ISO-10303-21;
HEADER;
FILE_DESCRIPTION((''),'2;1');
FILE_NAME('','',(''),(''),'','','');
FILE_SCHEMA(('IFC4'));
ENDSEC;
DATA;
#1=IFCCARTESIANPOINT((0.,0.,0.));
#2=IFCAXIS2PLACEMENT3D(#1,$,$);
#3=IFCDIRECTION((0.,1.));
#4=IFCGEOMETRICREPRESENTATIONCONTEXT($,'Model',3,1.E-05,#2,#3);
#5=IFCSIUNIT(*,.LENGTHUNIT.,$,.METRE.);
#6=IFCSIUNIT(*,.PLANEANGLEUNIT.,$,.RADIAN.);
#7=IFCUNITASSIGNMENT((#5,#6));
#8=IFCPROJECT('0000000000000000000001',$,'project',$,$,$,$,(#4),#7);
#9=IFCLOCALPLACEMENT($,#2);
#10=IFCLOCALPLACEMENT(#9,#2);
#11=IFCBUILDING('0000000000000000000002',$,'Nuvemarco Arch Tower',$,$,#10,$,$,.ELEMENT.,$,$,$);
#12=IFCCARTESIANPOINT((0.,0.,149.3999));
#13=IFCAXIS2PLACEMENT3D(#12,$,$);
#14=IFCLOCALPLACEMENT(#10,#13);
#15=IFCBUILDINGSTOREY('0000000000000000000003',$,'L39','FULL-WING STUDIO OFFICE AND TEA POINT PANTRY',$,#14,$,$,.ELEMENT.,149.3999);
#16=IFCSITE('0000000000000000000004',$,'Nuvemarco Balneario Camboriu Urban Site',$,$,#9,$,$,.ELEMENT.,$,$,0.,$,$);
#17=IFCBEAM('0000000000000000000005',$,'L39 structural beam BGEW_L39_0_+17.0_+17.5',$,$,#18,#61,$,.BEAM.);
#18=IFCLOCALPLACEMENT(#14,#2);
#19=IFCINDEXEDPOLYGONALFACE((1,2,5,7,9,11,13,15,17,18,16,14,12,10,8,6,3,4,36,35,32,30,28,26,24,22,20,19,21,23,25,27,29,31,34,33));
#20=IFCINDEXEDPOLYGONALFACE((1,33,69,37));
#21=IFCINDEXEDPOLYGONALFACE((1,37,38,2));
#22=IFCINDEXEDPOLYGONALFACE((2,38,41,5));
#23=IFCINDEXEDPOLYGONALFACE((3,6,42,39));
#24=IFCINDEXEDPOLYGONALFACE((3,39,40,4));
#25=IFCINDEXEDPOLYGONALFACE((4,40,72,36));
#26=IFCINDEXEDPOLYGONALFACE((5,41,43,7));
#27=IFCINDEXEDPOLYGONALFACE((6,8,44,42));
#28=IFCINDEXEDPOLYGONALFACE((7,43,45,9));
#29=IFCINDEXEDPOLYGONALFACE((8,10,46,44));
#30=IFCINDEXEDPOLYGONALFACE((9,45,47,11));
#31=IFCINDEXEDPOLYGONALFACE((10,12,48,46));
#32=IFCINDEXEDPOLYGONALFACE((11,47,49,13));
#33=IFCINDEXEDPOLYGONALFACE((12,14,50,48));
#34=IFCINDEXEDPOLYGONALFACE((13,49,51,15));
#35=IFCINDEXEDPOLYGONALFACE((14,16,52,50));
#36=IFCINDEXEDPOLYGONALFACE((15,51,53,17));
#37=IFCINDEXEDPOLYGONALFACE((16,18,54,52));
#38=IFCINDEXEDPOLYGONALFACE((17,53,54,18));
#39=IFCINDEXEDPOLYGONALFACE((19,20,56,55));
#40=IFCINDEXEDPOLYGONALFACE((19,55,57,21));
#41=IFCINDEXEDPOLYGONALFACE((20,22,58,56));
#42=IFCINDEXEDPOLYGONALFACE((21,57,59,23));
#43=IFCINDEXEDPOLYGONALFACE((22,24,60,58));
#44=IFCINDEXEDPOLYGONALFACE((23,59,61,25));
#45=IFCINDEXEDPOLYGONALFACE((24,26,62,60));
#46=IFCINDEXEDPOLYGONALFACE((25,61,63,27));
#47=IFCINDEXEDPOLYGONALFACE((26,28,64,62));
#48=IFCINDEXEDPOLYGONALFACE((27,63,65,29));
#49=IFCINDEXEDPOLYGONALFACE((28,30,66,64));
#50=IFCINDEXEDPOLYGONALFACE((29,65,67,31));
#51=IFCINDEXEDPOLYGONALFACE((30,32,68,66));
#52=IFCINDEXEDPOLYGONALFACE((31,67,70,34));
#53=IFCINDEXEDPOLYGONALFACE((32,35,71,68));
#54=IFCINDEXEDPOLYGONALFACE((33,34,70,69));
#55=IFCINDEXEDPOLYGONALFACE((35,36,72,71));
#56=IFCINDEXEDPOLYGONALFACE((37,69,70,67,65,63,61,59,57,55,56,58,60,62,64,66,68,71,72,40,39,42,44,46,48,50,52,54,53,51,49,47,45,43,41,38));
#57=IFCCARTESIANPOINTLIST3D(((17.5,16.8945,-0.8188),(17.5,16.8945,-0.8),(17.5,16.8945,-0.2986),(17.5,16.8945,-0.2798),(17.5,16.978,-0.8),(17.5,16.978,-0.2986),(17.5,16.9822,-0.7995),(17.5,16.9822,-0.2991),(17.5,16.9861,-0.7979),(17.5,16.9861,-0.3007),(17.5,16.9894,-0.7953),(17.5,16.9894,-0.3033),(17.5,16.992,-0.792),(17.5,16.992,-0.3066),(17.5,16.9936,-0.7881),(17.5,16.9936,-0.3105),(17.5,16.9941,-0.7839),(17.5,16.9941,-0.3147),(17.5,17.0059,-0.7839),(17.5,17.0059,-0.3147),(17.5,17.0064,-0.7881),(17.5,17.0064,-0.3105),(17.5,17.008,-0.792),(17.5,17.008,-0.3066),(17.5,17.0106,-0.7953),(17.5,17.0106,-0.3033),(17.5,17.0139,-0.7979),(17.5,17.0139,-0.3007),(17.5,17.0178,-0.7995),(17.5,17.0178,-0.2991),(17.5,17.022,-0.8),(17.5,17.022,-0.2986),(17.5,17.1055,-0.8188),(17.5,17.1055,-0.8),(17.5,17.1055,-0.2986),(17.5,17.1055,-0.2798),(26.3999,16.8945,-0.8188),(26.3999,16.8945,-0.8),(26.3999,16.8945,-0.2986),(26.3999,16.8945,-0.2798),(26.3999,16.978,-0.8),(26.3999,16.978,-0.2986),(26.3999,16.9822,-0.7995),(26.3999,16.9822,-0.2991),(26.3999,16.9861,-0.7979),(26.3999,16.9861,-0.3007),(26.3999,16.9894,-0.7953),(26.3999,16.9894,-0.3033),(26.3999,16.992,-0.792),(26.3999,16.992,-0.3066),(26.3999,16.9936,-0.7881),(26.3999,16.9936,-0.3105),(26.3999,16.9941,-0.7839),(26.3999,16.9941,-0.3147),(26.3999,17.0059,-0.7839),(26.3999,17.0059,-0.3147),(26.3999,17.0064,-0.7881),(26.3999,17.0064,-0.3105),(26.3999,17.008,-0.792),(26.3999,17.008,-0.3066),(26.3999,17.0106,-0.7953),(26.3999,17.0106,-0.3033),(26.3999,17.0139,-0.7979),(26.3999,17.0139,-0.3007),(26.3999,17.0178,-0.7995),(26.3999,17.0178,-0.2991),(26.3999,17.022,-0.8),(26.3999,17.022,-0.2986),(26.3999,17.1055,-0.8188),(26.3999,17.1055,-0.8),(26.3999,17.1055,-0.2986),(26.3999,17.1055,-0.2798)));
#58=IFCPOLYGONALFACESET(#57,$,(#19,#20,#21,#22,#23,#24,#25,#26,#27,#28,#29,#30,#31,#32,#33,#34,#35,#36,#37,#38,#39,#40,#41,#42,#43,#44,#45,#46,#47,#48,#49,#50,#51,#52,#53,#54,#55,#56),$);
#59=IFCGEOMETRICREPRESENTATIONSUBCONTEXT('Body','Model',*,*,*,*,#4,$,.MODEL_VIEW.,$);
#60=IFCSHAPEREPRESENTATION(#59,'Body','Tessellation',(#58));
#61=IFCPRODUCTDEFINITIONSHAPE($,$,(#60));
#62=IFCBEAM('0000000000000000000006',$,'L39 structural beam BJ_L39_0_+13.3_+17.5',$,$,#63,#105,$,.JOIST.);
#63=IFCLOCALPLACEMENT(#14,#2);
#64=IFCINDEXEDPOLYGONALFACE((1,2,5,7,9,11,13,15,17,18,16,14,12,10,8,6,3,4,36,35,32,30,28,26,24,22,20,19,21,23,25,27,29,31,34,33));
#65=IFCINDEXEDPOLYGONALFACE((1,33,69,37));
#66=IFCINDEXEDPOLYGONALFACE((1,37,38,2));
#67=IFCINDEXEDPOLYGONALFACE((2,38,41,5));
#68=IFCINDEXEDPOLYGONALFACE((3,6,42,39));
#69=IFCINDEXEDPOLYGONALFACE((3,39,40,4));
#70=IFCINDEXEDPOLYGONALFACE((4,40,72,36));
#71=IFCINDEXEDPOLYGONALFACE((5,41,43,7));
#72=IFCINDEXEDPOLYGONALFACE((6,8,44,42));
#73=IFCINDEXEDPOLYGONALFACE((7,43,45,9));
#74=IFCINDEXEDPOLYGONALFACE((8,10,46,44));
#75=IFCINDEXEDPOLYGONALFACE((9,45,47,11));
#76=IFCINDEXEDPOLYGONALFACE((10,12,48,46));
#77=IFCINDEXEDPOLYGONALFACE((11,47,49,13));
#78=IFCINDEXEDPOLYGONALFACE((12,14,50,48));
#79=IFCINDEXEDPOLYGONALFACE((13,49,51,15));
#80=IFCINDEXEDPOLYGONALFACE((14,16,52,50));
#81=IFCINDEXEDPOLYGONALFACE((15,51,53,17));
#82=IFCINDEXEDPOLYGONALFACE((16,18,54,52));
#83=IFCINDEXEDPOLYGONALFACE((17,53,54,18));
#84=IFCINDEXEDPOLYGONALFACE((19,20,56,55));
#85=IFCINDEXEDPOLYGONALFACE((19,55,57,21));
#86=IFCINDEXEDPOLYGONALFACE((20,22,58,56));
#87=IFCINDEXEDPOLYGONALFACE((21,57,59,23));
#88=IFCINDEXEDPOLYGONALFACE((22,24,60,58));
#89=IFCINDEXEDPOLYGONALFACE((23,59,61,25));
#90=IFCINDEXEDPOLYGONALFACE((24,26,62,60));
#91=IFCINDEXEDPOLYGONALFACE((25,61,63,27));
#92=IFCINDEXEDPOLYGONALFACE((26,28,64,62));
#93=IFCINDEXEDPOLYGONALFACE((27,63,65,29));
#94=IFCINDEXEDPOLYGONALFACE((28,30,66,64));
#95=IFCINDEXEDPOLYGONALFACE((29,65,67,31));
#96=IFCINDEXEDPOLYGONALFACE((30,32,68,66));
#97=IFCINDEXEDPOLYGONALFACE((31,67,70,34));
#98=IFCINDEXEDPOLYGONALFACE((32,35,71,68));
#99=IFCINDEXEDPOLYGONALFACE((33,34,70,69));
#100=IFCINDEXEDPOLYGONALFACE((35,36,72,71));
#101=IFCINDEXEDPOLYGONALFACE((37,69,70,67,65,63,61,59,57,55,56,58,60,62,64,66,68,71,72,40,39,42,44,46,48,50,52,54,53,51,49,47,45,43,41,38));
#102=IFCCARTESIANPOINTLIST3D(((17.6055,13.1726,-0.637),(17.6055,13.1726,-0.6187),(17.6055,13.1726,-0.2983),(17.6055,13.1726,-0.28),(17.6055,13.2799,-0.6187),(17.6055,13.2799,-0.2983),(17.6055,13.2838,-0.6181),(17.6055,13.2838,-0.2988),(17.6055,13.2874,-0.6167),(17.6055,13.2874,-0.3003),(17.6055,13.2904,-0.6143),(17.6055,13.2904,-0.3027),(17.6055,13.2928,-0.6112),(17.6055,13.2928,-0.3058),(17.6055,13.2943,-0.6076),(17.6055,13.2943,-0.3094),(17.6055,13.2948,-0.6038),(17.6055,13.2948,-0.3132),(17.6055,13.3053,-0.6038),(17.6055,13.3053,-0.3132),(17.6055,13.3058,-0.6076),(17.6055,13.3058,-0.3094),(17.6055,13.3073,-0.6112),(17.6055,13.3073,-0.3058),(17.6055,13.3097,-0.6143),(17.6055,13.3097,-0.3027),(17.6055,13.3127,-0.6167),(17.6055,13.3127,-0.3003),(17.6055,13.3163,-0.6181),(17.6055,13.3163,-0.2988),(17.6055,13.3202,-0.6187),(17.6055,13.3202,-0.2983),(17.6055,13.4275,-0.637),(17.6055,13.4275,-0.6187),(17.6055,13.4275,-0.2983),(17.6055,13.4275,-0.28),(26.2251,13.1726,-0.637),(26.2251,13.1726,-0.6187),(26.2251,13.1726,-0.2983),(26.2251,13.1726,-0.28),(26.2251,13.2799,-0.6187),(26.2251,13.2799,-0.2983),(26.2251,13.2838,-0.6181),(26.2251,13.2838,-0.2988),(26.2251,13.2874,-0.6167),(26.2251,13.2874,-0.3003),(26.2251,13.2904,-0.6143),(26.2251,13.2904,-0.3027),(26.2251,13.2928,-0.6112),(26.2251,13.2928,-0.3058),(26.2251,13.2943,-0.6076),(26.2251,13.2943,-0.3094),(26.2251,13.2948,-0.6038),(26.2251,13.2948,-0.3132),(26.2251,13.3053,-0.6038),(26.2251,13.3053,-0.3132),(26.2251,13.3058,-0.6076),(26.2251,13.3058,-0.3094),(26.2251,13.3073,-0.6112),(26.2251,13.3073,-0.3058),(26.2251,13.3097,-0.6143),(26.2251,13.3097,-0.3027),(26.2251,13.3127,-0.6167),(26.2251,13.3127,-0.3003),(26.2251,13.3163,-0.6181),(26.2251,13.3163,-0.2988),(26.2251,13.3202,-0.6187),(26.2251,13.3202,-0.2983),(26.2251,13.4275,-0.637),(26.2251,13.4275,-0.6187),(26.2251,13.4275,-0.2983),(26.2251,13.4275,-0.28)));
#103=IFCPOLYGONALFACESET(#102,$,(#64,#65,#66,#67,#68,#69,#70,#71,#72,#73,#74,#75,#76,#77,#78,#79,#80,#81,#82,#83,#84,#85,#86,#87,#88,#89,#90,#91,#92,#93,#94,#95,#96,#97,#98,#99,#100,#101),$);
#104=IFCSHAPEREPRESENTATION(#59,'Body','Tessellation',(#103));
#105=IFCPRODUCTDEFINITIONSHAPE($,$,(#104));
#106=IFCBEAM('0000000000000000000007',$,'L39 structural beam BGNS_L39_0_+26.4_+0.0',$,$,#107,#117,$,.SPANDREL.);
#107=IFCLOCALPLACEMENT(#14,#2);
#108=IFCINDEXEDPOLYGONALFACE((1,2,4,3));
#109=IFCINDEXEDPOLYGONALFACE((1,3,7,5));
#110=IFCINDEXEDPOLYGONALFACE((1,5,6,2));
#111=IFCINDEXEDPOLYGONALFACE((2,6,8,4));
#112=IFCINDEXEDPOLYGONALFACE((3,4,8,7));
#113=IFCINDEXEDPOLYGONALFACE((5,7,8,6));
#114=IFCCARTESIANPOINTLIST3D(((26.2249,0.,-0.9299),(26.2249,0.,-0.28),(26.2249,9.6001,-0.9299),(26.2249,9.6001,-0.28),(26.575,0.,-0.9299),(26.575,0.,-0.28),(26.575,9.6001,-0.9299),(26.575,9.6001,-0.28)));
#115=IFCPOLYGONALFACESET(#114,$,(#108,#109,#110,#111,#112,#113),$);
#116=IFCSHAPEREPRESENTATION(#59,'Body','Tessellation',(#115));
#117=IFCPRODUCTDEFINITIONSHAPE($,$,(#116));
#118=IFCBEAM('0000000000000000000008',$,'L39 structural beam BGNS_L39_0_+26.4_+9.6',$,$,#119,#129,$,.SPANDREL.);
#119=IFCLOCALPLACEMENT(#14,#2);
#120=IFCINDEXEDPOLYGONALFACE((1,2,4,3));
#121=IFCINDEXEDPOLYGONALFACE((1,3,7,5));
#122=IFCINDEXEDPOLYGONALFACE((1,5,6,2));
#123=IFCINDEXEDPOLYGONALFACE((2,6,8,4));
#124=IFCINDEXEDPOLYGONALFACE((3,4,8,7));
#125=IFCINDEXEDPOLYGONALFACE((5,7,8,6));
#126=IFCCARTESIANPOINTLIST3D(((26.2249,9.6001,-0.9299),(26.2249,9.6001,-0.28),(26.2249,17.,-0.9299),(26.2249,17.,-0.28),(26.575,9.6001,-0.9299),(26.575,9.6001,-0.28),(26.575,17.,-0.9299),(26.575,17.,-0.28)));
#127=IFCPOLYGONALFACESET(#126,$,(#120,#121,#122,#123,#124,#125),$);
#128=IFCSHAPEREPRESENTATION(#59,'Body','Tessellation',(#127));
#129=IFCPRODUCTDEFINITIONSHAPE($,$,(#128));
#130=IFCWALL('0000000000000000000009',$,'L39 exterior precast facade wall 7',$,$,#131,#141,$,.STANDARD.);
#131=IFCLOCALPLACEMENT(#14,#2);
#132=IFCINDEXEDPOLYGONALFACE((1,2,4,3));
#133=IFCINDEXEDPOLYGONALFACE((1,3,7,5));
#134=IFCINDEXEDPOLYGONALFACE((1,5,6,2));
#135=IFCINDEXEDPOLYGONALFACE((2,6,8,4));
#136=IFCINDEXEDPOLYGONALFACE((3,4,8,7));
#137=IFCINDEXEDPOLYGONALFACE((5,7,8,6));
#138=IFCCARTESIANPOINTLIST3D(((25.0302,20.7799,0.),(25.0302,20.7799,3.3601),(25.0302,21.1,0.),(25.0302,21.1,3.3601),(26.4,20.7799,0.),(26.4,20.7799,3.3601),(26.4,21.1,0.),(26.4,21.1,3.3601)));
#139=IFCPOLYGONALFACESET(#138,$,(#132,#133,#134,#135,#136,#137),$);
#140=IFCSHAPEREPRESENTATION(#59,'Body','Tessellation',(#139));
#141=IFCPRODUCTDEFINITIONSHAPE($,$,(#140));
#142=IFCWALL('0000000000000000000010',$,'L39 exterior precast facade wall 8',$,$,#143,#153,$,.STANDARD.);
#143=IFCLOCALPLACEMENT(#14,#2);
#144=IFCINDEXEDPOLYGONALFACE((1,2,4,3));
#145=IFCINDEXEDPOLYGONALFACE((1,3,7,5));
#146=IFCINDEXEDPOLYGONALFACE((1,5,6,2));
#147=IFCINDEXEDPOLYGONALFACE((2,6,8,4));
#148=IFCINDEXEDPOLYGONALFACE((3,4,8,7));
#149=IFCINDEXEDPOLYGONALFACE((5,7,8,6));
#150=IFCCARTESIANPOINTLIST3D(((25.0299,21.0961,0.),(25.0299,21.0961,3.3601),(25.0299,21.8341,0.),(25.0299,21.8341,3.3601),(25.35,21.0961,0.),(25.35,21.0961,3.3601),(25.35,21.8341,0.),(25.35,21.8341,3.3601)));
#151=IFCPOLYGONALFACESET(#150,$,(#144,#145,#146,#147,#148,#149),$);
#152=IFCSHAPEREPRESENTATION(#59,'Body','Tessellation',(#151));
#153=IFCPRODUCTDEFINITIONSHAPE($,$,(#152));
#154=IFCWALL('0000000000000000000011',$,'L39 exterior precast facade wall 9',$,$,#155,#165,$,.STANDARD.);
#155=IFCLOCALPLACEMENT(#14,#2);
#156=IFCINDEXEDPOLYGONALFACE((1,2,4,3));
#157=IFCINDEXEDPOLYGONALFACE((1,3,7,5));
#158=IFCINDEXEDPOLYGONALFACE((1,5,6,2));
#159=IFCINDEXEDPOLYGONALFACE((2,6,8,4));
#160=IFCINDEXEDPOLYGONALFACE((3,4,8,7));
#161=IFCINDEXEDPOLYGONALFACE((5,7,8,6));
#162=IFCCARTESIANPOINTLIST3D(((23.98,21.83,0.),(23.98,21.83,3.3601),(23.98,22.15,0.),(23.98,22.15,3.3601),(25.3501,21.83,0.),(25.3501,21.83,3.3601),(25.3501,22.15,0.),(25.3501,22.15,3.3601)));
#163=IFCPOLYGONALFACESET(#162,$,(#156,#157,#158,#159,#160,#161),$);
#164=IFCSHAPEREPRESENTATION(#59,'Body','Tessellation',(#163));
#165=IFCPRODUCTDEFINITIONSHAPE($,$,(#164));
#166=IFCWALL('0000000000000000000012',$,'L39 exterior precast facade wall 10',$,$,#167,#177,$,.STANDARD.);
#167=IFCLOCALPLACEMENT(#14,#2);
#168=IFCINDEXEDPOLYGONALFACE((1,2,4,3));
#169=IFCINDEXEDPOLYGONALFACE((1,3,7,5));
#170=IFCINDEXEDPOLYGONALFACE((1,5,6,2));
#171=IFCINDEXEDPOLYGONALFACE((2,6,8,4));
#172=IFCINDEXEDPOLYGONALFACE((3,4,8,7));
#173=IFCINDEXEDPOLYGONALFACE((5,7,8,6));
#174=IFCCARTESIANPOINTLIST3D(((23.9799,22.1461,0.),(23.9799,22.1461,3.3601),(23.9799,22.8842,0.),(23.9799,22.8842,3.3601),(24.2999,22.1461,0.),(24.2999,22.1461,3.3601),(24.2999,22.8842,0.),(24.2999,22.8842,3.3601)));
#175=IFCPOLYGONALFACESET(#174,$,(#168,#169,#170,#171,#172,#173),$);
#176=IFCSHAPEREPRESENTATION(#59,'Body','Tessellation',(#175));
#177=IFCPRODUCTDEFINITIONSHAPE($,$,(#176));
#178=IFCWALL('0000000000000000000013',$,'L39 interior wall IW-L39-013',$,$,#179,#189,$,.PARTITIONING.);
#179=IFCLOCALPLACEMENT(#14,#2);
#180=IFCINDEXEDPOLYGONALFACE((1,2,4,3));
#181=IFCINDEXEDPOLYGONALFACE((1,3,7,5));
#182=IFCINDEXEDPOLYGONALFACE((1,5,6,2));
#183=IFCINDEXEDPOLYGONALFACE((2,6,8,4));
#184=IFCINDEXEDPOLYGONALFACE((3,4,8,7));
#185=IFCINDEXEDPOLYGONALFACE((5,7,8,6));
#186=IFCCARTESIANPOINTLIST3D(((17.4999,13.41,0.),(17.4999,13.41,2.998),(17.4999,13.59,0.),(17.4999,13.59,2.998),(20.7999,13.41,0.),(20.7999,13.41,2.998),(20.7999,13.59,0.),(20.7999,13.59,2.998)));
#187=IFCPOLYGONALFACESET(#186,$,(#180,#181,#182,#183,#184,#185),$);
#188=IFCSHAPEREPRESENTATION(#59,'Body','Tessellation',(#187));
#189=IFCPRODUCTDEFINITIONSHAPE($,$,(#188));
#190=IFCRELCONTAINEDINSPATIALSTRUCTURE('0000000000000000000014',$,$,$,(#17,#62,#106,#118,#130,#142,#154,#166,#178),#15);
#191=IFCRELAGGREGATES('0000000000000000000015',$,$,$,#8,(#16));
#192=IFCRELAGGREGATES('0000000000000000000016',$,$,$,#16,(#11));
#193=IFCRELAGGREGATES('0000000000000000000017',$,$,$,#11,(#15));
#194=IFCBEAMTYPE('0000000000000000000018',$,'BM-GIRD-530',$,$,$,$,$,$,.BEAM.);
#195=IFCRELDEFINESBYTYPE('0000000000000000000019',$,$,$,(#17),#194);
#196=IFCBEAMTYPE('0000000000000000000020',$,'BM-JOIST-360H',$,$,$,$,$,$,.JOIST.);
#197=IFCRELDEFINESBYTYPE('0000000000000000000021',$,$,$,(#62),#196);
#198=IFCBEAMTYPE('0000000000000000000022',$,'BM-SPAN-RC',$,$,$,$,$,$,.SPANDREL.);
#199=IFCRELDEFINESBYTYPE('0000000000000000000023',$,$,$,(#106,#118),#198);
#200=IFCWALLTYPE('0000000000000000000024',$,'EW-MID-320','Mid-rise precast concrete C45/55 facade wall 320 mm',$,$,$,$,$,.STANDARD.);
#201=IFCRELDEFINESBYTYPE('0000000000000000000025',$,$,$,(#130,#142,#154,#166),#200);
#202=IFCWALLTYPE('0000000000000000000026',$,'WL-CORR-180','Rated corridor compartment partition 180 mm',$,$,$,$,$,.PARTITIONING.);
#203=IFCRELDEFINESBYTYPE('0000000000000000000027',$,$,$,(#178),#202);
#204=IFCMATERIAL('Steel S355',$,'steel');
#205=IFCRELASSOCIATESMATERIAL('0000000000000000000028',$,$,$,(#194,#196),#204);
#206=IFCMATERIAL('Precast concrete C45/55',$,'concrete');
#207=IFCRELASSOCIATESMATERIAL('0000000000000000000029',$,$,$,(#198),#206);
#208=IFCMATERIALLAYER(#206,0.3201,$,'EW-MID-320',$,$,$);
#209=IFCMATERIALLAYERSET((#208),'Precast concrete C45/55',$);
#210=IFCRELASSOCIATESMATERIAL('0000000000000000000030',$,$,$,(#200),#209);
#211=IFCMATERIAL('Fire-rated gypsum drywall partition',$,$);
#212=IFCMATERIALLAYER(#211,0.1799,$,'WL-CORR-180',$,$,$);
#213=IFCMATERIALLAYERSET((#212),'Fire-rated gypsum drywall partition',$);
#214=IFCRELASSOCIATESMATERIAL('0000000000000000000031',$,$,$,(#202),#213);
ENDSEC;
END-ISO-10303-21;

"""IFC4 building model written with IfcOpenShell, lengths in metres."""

from ifc_helpers import new_model, si_unit, direction, frame, frame_2d, origin, origin_2d, place, context, subcontext, project, spatial, rectangle, i_section, extrude, material, layer, layer_set, material_profile, profile_set, type_object, element, save


model = new_model("IFC4")

# Units and contexts
model_context = context("Model", 3, precision=1e-05, world=origin(), true_north=direction((0.0, 1.0)))
body_context = subcontext(model_context, "Body", "Model", "MODEL_VIEW")
ifc_project = project(units=[si_unit("LENGTHUNIT", "METRE"), si_unit("PLANEANGLEUNIT", "RADIAN")], contexts=[model_context])

# Site, building, storey
site_placement = place(None, origin())
site = spatial("IfcSite", under=ifc_project, at=site_placement, Name="Nuvemarco Balneario Camboriu Urban Site", CompositionType="ELEMENT", RefElevation=0.0)
building_placement = place(site_placement, origin())
building = spatial("IfcBuilding", under=site, at=building_placement, Name="Nuvemarco Arch Tower", CompositionType="ELEMENT")
storey_placement = place(building_placement, frame((0.0, 0.0, 149.3999)))
storey = spatial("IfcBuildingStorey", under=building, at=storey_placement, Name="L39", Description="FULL-WING STUDIO OFFICE AND TEA POINT PANTRY", CompositionType="ELEMENT", Elevation=149.3999)

# Shared definitions
ifc_material_1 = material(Name="Steel S355", Category="steel")

# Beams
ifc_material_profile_1 = material_profile(ifc_material_1, i_section(OverallWidth=0.2109, OverallDepth=0.5391, WebThickness=0.0117, FlangeThickness=0.0188, FilletRadius=0.0161, at=origin_2d()), Name="W530x109")
ifc_profile_set_1 = profile_set([ifc_material_profile_1], Name="Steel S355")
beam_type_1 = type_object("IfcBeamType", Name="BM-GIRD-530", PredefinedType="BEAM", material=ifc_profile_set_1)
for number, where, z_axis, x_axis, name in (
    (1, (17.5, 17.0, -0.5493), (1.0, 0.0, 0.0), (0.0, 1.0, 0.0), "L39 structural beam BGEW_L39_0_+17.0_+17.5"),
):
    element("IfcBeam", number, at=place(storey_placement, frame(where, z_axis=z_axis, x_axis=x_axis)), inside=storey, type_object=beam_type_1, Name=name, PredefinedType="BEAM", context=body_context, shape_type="SweptSolid", body=[
        extrude(i_section(OverallWidth=0.2109, OverallDepth=0.5391, WebThickness=0.0117, FlangeThickness=0.0188, FilletRadius=0.0161, at=origin_2d()), origin(), (0.0, 0.0, 1.0), 8.8999),
    ])
ifc_material_profile_2 = material_profile(ifc_material_1, i_section(OverallWidth=0.2549, OverallDepth=0.3569, WebThickness=0.0105, FlangeThickness=0.0183, FilletRadius=0.0149, at=origin_2d()), Name="W360x101")
ifc_profile_set_2 = profile_set([ifc_material_profile_2], Name="Steel S355")
beam_type_2 = type_object("IfcBeamType", Name="BM-JOIST-360H", PredefinedType="JOIST", material=ifc_profile_set_2)
beam_1_placement = place(storey_placement, frame((17.6055, 13.3, -0.4585), z_axis=(1.0, 0.0, 0.0), x_axis=(0.0, 1.0, 0.0)))
element("IfcBeam", 2, at=beam_1_placement, inside=storey, type_object=beam_type_2, Name="L39 structural beam BJ_L39_0_+13.3_+17.5", PredefinedType="JOIST", context=body_context, shape_type="SweptSolid", body=[
    extrude(i_section(OverallWidth=0.2549, OverallDepth=0.3569, WebThickness=0.0105, FlangeThickness=0.0183, FilletRadius=0.0149, at=origin_2d()), origin(), (0.0, 0.0, 1.0), 8.6196),
])
ifc_material_2 = material(Name="Precast concrete C45/55", Category="concrete")
ifc_material_profile_3 = material_profile(ifc_material_2, rectangle(XDim=0.3501, YDim=0.6499, at=origin_2d()), Name="PC-SP-350x650")
ifc_profile_set_3 = profile_set([ifc_material_profile_3], Name="Precast concrete C45/55")
beam_type_3 = type_object("IfcBeamType", Name="BM-SPAN-RC", PredefinedType="SPANDREL", material=ifc_profile_set_3)
beam_2_placement = place(storey_placement, frame((26.3999, 0.0, -0.605), z_axis=(0.0, 1.0, 0.0), x_axis=(-1.0, 0.0, 0.0)))
element("IfcBeam", 3, at=beam_2_placement, inside=storey, type_object=beam_type_3, Name="L39 structural beam BGNS_L39_0_+26.4_+0.0", PredefinedType="SPANDREL", context=body_context, shape_type="SweptSolid", body=[
    extrude(rectangle(XDim=0.3501, YDim=0.6499, at=origin_2d()), origin(), (0.0, 0.0, 1.0), 9.6001),
])
beam_3_placement = place(storey_placement, frame((26.3999, 9.6001, -0.605), z_axis=(0.0, 1.0, 0.0), x_axis=(-1.0, 0.0, 0.0)))
element("IfcBeam", 4, at=beam_3_placement, inside=storey, type_object=beam_type_3, Name="L39 structural beam BGNS_L39_0_+26.4_+9.6", PredefinedType="SPANDREL", context=body_context, shape_type="SweptSolid", body=[
    extrude(rectangle(XDim=0.3501, YDim=0.6499, at=origin_2d()), origin(), (0.0, 0.0, 1.0), 7.3999),
])

# Walls
ifc_layer_1 = layer(ifc_material_2, 0.3201, Name="EW-MID-320")
ifc_layer_set_1 = layer_set([ifc_layer_1], Name="Precast concrete C45/55")
wall_type_1 = type_object("IfcWallType", Name="EW-MID-320", Description="Mid-rise precast concrete C45/55 facade wall 320 mm", PredefinedType="STANDARD", material=ifc_layer_set_1)
wall_1_placement = place(storey_placement, frame((25.03, 20.9399, 0.0), z_axis=(0.0, 0.0, 1.0), x_axis=(1.0, 0.0, 0.0)))
element("IfcWall", 5, at=wall_1_placement, inside=storey, type_object=wall_type_1, Name="L39 exterior precast facade wall 7", PredefinedType="STANDARD", context=body_context, shape_type="SweptSolid", body=[
    extrude(rectangle(XDim=1.3699, YDim=0.3201, at=frame_2d((0.6851, 0.0))), origin(), (0.0, 0.0, 1.0), 3.3601),
])
wall_2_placement = place(storey_placement, frame((25.1899, 21.0959, 0.0), z_axis=(0.0, 0.0, 1.0), x_axis=(0.0, 1.0, 0.0)))
element("IfcWall", 6, at=wall_2_placement, inside=storey, type_object=wall_type_1, Name="L39 exterior precast facade wall 8", PredefinedType="STANDARD", context=body_context, shape_type="SweptSolid", body=[
    extrude(rectangle(XDim=0.738, YDim=0.3201, at=frame_2d((0.3691, 0.0))), origin(), (0.0, 0.0, 1.0), 3.3601),
])
wall_3_placement = place(storey_placement, frame((23.98, 21.99, 0.0), z_axis=(0.0, 0.0, 1.0), x_axis=(1.0, 0.0, 0.0)))
element("IfcWall", 7, at=wall_3_placement, inside=storey, type_object=wall_type_1, Name="L39 exterior precast facade wall 9", PredefinedType="STANDARD", context=body_context, shape_type="SweptSolid", body=[
    extrude(rectangle(XDim=1.3701, YDim=0.3201, at=frame_2d((0.6851, 0.0))), origin(), (0.0, 0.0, 1.0), 3.3601),
])
wall_4_placement = place(storey_placement, frame((24.1399, 22.146, 0.0), z_axis=(0.0, 0.0, 1.0), x_axis=(0.0, 1.0, 0.0)))
element("IfcWall", 8, at=wall_4_placement, inside=storey, type_object=wall_type_1, Name="L39 exterior precast facade wall 10", PredefinedType="STANDARD", context=body_context, shape_type="SweptSolid", body=[
    extrude(rectangle(XDim=0.738, YDim=0.3201, at=frame_2d((0.3691, 0.0))), origin(), (0.0, 0.0, 1.0), 3.3601),
])
ifc_material_3 = material(Name="Fire-rated gypsum drywall partition")
ifc_layer_2 = layer(ifc_material_3, 0.1799, Name="WL-CORR-180")
ifc_layer_set_2 = layer_set([ifc_layer_2], Name="Fire-rated gypsum drywall partition")
wall_type_2 = type_object("IfcWallType", Name="WL-CORR-180", Description="Rated corridor compartment partition 180 mm", PredefinedType="PARTITIONING", material=ifc_layer_set_2)
wall_5_placement = place(storey_placement, frame((17.5, 13.5, 0.0), z_axis=(0.0, 0.0, 1.0), x_axis=(1.0, 0.0, 0.0)))
element("IfcWall", 9, at=wall_5_placement, inside=storey, type_object=wall_type_2, Name="L39 interior wall IW-L39-013", PredefinedType="PARTITIONING", context=body_context, shape_type="SweptSolid", body=[
    extrude(rectangle(XDim=3.3, YDim=0.1799, at=frame_2d((1.6499, 0.0))), origin(), (0.0, 0.0, 1.0), 2.998),
])

save(model, "model.ifc")
